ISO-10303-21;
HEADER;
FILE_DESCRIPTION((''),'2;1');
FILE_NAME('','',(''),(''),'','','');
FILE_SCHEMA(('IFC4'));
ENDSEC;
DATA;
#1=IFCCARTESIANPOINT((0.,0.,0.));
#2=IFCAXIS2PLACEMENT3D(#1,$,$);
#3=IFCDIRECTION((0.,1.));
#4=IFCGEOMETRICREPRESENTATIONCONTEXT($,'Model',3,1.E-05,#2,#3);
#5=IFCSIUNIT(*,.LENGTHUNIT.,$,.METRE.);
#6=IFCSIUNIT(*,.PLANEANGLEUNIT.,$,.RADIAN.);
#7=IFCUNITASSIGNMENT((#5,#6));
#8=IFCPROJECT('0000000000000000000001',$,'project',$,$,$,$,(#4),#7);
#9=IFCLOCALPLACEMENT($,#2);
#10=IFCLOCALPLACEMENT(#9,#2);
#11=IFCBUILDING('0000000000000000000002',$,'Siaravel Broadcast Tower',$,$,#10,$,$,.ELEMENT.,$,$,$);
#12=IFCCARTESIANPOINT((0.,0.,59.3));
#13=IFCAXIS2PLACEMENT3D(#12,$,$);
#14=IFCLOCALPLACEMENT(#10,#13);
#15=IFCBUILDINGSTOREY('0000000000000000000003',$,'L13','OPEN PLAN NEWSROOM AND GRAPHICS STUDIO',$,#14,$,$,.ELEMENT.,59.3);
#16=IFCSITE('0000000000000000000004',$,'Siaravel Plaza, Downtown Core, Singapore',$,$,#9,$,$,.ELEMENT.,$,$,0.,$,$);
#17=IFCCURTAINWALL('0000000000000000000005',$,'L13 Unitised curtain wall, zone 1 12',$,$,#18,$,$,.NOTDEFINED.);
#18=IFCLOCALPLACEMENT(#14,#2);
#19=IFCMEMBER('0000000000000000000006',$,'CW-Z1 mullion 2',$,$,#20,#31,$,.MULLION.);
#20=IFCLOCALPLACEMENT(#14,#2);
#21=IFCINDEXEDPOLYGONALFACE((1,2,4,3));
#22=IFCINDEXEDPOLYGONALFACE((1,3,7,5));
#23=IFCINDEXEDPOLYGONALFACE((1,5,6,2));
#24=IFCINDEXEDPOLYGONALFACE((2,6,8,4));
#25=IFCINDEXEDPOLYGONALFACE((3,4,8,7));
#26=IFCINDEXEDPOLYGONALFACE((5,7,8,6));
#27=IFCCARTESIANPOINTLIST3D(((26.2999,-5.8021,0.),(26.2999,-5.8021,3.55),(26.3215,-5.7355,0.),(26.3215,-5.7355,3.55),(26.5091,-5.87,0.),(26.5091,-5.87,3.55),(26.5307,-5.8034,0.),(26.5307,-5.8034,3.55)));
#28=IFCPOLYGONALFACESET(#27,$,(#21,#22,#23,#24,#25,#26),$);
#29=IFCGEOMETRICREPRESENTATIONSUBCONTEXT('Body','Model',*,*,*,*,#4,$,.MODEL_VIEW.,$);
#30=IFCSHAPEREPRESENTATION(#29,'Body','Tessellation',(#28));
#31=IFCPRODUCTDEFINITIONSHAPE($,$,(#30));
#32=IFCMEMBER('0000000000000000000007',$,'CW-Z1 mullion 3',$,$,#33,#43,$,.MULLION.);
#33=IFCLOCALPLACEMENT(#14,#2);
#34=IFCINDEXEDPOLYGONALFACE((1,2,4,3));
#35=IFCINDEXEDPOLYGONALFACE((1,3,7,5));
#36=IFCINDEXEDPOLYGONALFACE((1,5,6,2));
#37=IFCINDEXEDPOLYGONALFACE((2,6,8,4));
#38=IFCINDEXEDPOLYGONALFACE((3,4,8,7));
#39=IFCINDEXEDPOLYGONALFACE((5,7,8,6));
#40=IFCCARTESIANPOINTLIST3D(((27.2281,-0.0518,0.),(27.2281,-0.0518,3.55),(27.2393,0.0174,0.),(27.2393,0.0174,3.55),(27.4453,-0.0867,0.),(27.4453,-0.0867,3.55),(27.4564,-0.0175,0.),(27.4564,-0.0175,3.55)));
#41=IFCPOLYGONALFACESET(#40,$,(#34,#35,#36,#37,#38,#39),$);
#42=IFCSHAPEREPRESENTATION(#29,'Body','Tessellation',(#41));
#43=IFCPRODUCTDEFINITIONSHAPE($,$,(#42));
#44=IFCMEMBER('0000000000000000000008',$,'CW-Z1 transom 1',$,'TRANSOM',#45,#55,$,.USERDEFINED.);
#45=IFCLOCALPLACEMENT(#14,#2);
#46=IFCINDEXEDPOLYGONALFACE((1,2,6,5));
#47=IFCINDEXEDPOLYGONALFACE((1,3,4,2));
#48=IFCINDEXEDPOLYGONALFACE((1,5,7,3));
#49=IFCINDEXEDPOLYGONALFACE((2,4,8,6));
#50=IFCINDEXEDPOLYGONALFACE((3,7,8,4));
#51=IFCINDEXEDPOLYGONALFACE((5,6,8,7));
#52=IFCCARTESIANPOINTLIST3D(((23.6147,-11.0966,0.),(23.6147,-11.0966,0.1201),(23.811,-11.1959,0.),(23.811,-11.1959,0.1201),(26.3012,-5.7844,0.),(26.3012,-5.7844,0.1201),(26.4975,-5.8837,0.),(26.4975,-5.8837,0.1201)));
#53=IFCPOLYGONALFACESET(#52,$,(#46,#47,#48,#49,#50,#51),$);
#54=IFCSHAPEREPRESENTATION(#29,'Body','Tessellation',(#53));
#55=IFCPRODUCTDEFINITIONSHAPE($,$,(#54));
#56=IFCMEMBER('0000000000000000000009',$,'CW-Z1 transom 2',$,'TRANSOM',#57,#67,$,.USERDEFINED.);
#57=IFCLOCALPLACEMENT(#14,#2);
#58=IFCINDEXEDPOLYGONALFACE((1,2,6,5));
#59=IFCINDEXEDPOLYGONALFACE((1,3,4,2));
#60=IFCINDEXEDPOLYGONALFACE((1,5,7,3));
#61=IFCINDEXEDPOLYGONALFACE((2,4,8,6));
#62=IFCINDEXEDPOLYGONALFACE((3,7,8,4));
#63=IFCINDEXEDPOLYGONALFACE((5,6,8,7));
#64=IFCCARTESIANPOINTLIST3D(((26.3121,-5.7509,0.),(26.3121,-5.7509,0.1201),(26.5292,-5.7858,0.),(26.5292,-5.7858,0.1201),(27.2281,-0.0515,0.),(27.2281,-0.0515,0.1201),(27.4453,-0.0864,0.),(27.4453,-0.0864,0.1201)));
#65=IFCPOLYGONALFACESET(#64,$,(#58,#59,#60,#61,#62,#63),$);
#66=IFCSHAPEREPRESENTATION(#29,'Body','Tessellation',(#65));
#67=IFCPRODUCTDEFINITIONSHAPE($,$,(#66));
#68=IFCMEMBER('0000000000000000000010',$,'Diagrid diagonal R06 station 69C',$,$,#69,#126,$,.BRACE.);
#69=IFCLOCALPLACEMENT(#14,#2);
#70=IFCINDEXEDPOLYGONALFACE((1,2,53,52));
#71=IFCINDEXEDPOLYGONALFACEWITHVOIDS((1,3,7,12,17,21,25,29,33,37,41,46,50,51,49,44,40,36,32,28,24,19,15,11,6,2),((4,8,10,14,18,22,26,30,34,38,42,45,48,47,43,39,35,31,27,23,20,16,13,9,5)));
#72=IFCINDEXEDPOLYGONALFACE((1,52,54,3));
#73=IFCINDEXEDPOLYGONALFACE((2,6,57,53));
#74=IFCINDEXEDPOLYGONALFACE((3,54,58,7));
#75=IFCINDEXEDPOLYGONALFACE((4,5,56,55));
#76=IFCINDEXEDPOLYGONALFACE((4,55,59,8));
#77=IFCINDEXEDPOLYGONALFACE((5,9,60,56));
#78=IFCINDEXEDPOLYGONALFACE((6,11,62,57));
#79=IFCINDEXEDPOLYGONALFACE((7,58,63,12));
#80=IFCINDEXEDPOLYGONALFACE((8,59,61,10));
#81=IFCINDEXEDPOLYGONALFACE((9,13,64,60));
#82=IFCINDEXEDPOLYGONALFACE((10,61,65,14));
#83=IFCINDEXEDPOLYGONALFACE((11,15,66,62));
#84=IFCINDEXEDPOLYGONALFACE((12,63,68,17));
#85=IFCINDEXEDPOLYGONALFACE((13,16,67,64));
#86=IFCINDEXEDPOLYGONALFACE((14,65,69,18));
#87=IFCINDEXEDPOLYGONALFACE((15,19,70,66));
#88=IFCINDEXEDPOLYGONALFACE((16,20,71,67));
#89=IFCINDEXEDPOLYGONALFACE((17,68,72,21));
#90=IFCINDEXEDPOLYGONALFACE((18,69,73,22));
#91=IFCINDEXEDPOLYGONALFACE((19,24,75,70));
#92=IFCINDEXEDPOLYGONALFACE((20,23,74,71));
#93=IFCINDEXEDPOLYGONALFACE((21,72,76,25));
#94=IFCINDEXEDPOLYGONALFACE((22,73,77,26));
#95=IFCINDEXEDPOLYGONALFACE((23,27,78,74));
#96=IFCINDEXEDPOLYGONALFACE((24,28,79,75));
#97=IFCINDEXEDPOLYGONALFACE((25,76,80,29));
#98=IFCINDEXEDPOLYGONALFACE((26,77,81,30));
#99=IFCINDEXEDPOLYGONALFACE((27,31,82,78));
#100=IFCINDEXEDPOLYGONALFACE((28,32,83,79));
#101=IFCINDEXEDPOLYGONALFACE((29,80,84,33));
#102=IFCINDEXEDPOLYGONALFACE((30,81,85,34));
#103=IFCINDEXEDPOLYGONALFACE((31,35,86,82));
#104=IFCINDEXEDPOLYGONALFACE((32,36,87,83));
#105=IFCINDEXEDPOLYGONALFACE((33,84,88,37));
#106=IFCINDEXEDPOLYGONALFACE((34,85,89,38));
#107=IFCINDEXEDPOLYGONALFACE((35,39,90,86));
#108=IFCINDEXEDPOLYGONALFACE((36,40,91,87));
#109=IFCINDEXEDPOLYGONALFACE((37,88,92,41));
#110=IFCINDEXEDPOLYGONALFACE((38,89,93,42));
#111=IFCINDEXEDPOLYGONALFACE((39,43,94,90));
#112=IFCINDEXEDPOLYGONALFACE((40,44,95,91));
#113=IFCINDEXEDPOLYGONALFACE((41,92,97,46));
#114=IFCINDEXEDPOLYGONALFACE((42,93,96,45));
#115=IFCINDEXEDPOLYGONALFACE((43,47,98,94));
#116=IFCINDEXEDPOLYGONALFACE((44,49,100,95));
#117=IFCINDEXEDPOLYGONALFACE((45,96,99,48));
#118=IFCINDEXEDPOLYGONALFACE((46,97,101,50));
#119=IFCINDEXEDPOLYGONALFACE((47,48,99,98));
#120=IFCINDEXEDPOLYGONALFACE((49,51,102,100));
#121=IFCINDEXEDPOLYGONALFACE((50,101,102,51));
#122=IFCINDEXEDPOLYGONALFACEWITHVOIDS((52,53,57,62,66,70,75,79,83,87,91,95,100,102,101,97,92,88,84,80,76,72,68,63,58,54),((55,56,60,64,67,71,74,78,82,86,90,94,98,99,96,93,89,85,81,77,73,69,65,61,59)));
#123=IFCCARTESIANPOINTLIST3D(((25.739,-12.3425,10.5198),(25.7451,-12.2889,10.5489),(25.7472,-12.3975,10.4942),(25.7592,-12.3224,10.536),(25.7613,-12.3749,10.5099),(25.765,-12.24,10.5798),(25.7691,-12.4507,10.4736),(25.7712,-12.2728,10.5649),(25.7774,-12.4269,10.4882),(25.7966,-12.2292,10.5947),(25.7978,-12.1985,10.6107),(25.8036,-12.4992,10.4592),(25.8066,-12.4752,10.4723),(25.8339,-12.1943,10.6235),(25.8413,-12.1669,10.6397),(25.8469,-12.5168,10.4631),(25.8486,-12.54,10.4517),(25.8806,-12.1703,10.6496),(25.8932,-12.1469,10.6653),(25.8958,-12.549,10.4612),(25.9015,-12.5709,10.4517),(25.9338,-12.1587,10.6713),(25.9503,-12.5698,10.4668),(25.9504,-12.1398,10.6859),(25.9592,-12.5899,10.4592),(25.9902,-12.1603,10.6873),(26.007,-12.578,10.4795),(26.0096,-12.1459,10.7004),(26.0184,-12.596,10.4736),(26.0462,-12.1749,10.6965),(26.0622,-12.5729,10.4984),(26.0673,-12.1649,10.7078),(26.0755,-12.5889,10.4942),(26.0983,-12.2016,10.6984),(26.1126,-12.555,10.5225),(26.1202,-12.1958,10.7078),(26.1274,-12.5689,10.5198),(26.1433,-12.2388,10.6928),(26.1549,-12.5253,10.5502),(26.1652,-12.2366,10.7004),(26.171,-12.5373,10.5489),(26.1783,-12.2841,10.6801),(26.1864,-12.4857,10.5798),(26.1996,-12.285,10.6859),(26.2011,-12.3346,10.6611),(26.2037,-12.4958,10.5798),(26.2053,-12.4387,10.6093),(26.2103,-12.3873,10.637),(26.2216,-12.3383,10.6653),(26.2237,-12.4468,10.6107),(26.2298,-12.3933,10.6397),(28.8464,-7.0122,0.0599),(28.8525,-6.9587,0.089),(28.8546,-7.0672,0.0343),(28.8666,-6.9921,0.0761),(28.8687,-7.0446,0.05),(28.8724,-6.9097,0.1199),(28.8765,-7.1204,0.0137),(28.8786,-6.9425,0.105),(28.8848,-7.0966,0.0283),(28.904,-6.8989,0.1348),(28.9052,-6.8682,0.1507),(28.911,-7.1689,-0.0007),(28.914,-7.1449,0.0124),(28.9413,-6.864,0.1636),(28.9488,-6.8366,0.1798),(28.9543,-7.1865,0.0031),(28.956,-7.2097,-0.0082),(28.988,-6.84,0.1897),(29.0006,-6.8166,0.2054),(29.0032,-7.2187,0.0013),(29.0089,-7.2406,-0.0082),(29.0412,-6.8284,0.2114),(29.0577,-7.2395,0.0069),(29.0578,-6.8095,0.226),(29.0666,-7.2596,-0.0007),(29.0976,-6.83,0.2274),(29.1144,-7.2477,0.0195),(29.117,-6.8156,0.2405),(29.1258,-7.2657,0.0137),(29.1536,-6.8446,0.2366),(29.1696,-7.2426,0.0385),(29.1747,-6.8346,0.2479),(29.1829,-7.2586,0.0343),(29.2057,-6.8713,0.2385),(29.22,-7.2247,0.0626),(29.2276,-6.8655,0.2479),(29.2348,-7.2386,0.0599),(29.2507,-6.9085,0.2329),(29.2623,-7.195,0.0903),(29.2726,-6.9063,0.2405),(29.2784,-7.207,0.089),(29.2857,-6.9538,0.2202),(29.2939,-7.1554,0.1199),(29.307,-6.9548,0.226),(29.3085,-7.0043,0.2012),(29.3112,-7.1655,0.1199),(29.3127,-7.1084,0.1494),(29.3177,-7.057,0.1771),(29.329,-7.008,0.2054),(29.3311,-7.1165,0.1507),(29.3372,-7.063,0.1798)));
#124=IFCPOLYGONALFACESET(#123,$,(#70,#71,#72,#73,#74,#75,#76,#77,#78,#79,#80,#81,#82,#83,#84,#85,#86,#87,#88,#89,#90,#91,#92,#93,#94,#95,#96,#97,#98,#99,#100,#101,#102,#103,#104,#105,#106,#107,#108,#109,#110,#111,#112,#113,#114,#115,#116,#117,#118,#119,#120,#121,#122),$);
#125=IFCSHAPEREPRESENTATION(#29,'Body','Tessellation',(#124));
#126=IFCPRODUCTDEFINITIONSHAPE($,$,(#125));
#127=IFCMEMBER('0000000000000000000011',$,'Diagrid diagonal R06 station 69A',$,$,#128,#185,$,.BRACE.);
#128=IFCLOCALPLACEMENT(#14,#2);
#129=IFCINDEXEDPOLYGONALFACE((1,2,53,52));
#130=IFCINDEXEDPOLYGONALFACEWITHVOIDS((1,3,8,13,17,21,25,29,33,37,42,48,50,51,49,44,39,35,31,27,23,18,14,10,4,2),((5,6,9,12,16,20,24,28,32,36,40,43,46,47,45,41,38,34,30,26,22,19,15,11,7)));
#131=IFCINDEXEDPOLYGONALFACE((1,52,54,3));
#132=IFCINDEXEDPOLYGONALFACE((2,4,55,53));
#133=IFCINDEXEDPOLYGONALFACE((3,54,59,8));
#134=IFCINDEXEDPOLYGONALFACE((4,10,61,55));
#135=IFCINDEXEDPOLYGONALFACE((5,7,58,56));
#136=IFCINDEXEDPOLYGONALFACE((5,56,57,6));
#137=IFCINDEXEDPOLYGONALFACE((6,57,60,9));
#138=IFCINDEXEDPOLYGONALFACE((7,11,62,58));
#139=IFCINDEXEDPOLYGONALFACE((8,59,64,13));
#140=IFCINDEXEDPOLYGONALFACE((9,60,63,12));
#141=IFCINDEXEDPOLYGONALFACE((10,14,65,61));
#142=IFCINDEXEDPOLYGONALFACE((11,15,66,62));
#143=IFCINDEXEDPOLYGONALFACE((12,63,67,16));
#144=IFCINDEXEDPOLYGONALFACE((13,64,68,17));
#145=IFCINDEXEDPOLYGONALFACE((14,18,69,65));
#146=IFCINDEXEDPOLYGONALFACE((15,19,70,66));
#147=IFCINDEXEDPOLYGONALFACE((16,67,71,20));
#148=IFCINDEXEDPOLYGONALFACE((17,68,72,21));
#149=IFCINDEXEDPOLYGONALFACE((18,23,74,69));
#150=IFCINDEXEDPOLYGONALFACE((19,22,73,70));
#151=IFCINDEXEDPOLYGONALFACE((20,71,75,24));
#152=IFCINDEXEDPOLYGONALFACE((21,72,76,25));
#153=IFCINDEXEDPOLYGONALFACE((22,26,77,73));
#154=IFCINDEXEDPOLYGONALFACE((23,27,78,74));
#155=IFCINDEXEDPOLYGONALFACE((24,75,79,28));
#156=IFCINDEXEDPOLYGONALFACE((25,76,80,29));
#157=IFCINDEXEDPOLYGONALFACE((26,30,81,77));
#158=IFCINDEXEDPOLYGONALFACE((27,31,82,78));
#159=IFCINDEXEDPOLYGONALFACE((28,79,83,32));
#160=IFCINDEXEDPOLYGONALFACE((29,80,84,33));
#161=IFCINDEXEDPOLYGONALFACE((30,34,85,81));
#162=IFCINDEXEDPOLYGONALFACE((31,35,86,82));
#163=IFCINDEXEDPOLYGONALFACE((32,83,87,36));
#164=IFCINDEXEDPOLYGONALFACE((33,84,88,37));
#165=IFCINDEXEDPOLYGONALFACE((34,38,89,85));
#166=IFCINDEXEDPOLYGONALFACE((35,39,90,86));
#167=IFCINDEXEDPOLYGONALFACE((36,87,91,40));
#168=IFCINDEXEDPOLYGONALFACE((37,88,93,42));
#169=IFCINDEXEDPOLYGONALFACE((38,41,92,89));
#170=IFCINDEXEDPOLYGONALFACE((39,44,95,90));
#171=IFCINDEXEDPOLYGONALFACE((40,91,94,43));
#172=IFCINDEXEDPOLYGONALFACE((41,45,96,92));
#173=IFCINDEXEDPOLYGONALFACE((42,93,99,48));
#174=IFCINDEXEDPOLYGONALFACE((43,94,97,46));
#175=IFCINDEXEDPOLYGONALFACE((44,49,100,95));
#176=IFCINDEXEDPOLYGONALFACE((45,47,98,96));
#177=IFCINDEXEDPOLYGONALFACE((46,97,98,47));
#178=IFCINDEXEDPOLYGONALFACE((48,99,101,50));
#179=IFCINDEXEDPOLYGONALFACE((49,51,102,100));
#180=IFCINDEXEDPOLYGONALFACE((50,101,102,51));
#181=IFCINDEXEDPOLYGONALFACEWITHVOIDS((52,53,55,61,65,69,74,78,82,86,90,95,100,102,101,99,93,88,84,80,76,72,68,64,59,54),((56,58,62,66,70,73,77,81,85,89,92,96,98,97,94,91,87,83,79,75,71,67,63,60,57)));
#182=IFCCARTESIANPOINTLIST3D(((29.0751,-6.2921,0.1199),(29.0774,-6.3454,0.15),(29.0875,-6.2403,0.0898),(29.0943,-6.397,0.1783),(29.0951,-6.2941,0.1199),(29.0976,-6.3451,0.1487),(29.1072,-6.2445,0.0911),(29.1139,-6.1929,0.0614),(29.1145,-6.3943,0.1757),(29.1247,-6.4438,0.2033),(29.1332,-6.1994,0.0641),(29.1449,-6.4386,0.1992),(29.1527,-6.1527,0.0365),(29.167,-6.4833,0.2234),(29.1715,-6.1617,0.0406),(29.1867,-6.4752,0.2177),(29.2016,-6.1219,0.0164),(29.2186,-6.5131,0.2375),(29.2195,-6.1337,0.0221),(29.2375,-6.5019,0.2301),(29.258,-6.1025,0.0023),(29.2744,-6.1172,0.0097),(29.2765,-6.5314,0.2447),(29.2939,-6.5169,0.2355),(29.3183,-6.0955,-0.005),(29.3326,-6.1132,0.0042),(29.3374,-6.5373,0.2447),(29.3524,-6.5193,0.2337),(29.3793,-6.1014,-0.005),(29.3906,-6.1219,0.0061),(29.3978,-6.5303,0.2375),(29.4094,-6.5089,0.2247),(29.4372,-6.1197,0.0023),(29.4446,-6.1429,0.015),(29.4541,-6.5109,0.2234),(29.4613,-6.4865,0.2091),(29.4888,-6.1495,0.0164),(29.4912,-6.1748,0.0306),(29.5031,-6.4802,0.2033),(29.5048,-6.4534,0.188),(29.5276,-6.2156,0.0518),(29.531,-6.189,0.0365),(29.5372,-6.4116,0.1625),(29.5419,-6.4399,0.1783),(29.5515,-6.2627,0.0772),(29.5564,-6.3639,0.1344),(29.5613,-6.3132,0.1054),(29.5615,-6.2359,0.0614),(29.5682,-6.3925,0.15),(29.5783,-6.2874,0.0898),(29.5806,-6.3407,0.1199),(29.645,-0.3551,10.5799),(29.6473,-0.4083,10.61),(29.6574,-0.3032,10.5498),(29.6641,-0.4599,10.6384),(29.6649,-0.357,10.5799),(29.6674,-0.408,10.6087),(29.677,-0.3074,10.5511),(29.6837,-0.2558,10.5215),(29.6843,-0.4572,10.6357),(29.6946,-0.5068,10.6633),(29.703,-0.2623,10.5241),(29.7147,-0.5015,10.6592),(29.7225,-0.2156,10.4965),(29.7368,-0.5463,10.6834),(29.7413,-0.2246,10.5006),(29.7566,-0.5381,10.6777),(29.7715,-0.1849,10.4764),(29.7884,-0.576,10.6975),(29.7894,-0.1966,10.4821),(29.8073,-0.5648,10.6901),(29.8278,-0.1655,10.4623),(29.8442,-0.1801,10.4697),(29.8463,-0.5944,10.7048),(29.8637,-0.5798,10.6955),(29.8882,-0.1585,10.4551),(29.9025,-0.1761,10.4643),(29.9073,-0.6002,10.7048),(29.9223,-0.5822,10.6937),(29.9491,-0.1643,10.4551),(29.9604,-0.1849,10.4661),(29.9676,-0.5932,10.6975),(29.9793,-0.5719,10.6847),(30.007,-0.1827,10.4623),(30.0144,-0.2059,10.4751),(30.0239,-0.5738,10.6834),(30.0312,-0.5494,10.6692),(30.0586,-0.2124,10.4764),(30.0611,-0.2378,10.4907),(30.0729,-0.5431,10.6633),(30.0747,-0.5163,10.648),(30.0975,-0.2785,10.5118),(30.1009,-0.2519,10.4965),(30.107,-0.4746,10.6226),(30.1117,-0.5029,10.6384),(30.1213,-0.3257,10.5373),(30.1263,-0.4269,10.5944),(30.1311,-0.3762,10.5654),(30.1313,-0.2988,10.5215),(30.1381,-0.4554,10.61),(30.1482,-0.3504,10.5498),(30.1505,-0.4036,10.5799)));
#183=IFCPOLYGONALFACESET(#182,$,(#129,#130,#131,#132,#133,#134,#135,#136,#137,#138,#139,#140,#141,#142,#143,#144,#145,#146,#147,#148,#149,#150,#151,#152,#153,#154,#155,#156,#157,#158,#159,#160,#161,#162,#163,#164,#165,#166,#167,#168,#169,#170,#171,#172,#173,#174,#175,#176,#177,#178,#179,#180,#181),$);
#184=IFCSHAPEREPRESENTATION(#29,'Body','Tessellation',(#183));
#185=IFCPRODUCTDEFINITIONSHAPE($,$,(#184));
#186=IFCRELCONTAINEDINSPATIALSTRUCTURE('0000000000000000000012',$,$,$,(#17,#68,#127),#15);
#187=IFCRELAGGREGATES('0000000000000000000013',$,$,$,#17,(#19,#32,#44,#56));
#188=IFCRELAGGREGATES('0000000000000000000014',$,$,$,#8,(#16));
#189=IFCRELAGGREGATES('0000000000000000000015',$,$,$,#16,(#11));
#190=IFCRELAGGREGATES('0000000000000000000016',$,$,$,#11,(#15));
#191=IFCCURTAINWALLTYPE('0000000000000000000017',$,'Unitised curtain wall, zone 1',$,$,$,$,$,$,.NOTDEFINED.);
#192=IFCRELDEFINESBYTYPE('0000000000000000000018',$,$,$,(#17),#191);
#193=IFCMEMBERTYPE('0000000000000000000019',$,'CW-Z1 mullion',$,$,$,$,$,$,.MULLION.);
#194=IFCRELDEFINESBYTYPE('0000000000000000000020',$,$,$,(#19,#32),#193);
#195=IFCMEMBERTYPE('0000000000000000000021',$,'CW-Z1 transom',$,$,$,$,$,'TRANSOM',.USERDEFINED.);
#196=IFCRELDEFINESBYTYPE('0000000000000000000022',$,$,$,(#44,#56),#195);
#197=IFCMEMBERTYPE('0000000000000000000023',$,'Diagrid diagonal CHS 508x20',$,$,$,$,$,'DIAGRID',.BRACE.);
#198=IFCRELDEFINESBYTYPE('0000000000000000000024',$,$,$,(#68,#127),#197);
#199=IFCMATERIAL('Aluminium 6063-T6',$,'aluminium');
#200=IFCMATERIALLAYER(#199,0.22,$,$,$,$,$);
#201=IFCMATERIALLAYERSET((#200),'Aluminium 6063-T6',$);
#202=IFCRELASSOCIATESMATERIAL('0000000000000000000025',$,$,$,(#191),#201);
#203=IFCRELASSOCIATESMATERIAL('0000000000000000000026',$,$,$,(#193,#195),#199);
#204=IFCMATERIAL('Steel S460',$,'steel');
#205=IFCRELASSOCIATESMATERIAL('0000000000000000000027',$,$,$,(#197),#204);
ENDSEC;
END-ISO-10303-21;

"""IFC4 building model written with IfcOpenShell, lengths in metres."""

from ifc_helpers import new_model, si_unit, direction, frame, origin, origin_2d, place, context, subcontext, project, spatial, rectangle, hollow_circle, extrude, material, layer, layer_set, material_profile, profile_set, type_object, element, aggregate, save


model = new_model("IFC4")

# Units and contexts
model_context = context("Model", 3, precision=1e-05, world=origin(), true_north=direction((0.0, 1.0)))
body_context = subcontext(model_context, "Body", "Model", "MODEL_VIEW")
ifc_project = project(units=[si_unit("LENGTHUNIT", "METRE"), si_unit("PLANEANGLEUNIT", "RADIAN")], contexts=[model_context])

# Site, building, storey
site_placement = place(None, origin())
site = spatial("IfcSite", under=ifc_project, at=site_placement, Name="Siaravel Plaza, Downtown Core, Singapore", CompositionType="ELEMENT", RefElevation=0.0)
building_placement = place(site_placement, origin())
building = spatial("IfcBuilding", under=site, at=building_placement, Name="Siaravel Broadcast Tower", CompositionType="ELEMENT")
storey_placement = place(building_placement, frame((0.0, 0.0, 59.3)))
storey = spatial("IfcBuildingStorey", under=building, at=storey_placement, Name="L13", Description="OPEN PLAN NEWSROOM AND GRAPHICS STUDIO", CompositionType="ELEMENT", Elevation=59.3)

# Curtain wall, members
ifc_material_1 = material(Name="Aluminium 6063-T6", Category="aluminium")
ifc_layer_1 = layer(ifc_material_1, 0.22)
ifc_layer_set_1 = layer_set([ifc_layer_1], Name="Aluminium 6063-T6")
curtain_wall_type = type_object("IfcCurtainWallType", Name="Unitised curtain wall, zone 1", PredefinedType="NOTDEFINED", material=ifc_layer_set_1)
curtain_wall_placement = place(storey_placement, origin())
curtain_wall = element("IfcCurtainWall", 1, at=curtain_wall_placement, inside=storey, type_object=curtain_wall_type, Name="L13 Unitised curtain wall, zone 1 12", PredefinedType="NOTDEFINED")
ifc_material_profile_1 = material_profile(ifc_material_1, rectangle(XDim=0.22, YDim=0.0701, at=origin_2d()))
ifc_profile_set_1 = profile_set([ifc_material_profile_1], Name="Aluminium 6063-T6")
member_type_1 = type_object("IfcMemberType", Name="CW-Z1 mullion", PredefinedType="MULLION", material=ifc_profile_set_1)
member_1_placement = place(storey_placement, frame((26.4153, -5.8027, 0.0), z_axis=(0.0, 0.0, 1.0), x_axis=(-0.951177, 0.308646, 0.0)))
member_1 = element("IfcMember", 2, at=member_1_placement, type_object=member_type_1, Name="CW-Z1 mullion 2", PredefinedType="MULLION", context=body_context, shape_type="SweptSolid", body=[
    extrude(rectangle(XDim=0.22, YDim=0.0701, at=origin_2d()), origin(), (0.0, 0.0, 1.0), 3.55),
])
member_2_placement = place(storey_placement, frame((27.3423, -0.0347, 0.0), z_axis=(0.0, 0.0, 1.0), x_axis=(-0.987329, 0.158686, 0.0)))
member_2 = element("IfcMember", 3, at=member_2_placement, type_object=member_type_1, Name="CW-Z1 mullion 3", PredefinedType="MULLION", context=body_context, shape_type="SweptSolid", body=[
    extrude(rectangle(XDim=0.22, YDim=0.0701, at=origin_2d()), origin(), (0.0, 0.0, 1.0), 3.55),
])
ifc_material_profile_2 = material_profile(ifc_material_1, rectangle(XDim=0.22, YDim=0.1201, at=origin_2d()))
ifc_profile_set_2 = profile_set([ifc_material_profile_2], Name="Aluminium 6063-T6")
member_type_2 = type_object("IfcMemberType", Name="CW-Z1 transom", ElementType="TRANSOM", PredefinedType="USERDEFINED", material=ifc_profile_set_2)
member_3_placement = place(storey_placement, frame((23.7129, -11.1462, 0.0601), z_axis=(0.451294, 0.892375, 0.0), x_axis=(-0.892375, 0.451294, 0.0)))
member_3 = element("IfcMember", 4, at=member_3_placement, type_object=member_type_2, Name="CW-Z1 transom 1", ObjectType="TRANSOM", PredefinedType="USERDEFINED", context=body_context, shape_type="SweptSolid", body=[
    extrude(rectangle(XDim=0.22, YDim=0.1201, at=origin_2d()), origin(), (0.0, 0.0, 1.0), 5.9529),
])
member_4_placement = place(storey_placement, frame((26.4207, -5.7683, 0.0601), z_axis=(0.15869, 0.987328, 0.0), x_axis=(-0.987328, 0.15869, 0.0)))
member_4 = element("IfcMember", 5, at=member_4_placement, type_object=member_type_2, Name="CW-Z1 transom 2", ObjectType="TRANSOM", PredefinedType="USERDEFINED", context=body_context, shape_type="SweptSolid", body=[
    extrude(rectangle(XDim=0.22, YDim=0.1201, at=origin_2d()), origin(), (0.0, 0.0, 1.0), 5.7725),
])

# Members
ifc_material_2 = material(Name="Steel S460", Category="steel")
ifc_material_profile_3 = material_profile(ifc_material_2, hollow_circle(Radius=0.2539, WallThickness=0.02, at=origin_2d()))
ifc_profile_set_3 = profile_set([ifc_material_profile_3], Name="Steel S460")
member_type_3 = type_object("IfcMemberType", Name="Diagrid diagonal CHS 508x20", ElementType="DIAGRID", PredefinedType="BRACE", material=ifc_profile_set_3)
member_5_placement = place(storey_placement, frame((29.0918, -7.0376, 0.1199), z_axis=(-0.255879, -0.438923, 0.86132), x_axis=(0.863915, -0.503637, 0.0)))
element("IfcMember", 6, at=member_5_placement, inside=storey, type_object=member_type_3, Name="Diagrid diagonal R06 station 69C", PredefinedType="BRACE", context=body_context, shape_type="SweptSolid", body=[
    extrude(hollow_circle(Radius=0.2539, WallThickness=0.02, at=origin_2d()), origin(), (0.0, 0.0, 1.0), 12.144),
])
member_6_placement = place(storey_placement, frame((29.3279, -6.3164, 0.1199), z_axis=(0.047324, 0.49307, 0.868702), x_axis=(-0.995426, 0.095539, 0.0)))
element("IfcMember", 7, at=member_6_placement, inside=storey, type_object=member_type_3, Name="Diagrid diagonal R06 station 69A", PredefinedType="BRACE", context=body_context, shape_type="SweptSolid", body=[
    extrude(hollow_circle(Radius=0.2539, WallThickness=0.02, at=origin_2d()), origin(), (0.0, 0.0, 1.0), 12.041),
])

aggregate(curtain_wall, [member_1, member_2, member_3, member_4])

save(model, "model.ifc")
